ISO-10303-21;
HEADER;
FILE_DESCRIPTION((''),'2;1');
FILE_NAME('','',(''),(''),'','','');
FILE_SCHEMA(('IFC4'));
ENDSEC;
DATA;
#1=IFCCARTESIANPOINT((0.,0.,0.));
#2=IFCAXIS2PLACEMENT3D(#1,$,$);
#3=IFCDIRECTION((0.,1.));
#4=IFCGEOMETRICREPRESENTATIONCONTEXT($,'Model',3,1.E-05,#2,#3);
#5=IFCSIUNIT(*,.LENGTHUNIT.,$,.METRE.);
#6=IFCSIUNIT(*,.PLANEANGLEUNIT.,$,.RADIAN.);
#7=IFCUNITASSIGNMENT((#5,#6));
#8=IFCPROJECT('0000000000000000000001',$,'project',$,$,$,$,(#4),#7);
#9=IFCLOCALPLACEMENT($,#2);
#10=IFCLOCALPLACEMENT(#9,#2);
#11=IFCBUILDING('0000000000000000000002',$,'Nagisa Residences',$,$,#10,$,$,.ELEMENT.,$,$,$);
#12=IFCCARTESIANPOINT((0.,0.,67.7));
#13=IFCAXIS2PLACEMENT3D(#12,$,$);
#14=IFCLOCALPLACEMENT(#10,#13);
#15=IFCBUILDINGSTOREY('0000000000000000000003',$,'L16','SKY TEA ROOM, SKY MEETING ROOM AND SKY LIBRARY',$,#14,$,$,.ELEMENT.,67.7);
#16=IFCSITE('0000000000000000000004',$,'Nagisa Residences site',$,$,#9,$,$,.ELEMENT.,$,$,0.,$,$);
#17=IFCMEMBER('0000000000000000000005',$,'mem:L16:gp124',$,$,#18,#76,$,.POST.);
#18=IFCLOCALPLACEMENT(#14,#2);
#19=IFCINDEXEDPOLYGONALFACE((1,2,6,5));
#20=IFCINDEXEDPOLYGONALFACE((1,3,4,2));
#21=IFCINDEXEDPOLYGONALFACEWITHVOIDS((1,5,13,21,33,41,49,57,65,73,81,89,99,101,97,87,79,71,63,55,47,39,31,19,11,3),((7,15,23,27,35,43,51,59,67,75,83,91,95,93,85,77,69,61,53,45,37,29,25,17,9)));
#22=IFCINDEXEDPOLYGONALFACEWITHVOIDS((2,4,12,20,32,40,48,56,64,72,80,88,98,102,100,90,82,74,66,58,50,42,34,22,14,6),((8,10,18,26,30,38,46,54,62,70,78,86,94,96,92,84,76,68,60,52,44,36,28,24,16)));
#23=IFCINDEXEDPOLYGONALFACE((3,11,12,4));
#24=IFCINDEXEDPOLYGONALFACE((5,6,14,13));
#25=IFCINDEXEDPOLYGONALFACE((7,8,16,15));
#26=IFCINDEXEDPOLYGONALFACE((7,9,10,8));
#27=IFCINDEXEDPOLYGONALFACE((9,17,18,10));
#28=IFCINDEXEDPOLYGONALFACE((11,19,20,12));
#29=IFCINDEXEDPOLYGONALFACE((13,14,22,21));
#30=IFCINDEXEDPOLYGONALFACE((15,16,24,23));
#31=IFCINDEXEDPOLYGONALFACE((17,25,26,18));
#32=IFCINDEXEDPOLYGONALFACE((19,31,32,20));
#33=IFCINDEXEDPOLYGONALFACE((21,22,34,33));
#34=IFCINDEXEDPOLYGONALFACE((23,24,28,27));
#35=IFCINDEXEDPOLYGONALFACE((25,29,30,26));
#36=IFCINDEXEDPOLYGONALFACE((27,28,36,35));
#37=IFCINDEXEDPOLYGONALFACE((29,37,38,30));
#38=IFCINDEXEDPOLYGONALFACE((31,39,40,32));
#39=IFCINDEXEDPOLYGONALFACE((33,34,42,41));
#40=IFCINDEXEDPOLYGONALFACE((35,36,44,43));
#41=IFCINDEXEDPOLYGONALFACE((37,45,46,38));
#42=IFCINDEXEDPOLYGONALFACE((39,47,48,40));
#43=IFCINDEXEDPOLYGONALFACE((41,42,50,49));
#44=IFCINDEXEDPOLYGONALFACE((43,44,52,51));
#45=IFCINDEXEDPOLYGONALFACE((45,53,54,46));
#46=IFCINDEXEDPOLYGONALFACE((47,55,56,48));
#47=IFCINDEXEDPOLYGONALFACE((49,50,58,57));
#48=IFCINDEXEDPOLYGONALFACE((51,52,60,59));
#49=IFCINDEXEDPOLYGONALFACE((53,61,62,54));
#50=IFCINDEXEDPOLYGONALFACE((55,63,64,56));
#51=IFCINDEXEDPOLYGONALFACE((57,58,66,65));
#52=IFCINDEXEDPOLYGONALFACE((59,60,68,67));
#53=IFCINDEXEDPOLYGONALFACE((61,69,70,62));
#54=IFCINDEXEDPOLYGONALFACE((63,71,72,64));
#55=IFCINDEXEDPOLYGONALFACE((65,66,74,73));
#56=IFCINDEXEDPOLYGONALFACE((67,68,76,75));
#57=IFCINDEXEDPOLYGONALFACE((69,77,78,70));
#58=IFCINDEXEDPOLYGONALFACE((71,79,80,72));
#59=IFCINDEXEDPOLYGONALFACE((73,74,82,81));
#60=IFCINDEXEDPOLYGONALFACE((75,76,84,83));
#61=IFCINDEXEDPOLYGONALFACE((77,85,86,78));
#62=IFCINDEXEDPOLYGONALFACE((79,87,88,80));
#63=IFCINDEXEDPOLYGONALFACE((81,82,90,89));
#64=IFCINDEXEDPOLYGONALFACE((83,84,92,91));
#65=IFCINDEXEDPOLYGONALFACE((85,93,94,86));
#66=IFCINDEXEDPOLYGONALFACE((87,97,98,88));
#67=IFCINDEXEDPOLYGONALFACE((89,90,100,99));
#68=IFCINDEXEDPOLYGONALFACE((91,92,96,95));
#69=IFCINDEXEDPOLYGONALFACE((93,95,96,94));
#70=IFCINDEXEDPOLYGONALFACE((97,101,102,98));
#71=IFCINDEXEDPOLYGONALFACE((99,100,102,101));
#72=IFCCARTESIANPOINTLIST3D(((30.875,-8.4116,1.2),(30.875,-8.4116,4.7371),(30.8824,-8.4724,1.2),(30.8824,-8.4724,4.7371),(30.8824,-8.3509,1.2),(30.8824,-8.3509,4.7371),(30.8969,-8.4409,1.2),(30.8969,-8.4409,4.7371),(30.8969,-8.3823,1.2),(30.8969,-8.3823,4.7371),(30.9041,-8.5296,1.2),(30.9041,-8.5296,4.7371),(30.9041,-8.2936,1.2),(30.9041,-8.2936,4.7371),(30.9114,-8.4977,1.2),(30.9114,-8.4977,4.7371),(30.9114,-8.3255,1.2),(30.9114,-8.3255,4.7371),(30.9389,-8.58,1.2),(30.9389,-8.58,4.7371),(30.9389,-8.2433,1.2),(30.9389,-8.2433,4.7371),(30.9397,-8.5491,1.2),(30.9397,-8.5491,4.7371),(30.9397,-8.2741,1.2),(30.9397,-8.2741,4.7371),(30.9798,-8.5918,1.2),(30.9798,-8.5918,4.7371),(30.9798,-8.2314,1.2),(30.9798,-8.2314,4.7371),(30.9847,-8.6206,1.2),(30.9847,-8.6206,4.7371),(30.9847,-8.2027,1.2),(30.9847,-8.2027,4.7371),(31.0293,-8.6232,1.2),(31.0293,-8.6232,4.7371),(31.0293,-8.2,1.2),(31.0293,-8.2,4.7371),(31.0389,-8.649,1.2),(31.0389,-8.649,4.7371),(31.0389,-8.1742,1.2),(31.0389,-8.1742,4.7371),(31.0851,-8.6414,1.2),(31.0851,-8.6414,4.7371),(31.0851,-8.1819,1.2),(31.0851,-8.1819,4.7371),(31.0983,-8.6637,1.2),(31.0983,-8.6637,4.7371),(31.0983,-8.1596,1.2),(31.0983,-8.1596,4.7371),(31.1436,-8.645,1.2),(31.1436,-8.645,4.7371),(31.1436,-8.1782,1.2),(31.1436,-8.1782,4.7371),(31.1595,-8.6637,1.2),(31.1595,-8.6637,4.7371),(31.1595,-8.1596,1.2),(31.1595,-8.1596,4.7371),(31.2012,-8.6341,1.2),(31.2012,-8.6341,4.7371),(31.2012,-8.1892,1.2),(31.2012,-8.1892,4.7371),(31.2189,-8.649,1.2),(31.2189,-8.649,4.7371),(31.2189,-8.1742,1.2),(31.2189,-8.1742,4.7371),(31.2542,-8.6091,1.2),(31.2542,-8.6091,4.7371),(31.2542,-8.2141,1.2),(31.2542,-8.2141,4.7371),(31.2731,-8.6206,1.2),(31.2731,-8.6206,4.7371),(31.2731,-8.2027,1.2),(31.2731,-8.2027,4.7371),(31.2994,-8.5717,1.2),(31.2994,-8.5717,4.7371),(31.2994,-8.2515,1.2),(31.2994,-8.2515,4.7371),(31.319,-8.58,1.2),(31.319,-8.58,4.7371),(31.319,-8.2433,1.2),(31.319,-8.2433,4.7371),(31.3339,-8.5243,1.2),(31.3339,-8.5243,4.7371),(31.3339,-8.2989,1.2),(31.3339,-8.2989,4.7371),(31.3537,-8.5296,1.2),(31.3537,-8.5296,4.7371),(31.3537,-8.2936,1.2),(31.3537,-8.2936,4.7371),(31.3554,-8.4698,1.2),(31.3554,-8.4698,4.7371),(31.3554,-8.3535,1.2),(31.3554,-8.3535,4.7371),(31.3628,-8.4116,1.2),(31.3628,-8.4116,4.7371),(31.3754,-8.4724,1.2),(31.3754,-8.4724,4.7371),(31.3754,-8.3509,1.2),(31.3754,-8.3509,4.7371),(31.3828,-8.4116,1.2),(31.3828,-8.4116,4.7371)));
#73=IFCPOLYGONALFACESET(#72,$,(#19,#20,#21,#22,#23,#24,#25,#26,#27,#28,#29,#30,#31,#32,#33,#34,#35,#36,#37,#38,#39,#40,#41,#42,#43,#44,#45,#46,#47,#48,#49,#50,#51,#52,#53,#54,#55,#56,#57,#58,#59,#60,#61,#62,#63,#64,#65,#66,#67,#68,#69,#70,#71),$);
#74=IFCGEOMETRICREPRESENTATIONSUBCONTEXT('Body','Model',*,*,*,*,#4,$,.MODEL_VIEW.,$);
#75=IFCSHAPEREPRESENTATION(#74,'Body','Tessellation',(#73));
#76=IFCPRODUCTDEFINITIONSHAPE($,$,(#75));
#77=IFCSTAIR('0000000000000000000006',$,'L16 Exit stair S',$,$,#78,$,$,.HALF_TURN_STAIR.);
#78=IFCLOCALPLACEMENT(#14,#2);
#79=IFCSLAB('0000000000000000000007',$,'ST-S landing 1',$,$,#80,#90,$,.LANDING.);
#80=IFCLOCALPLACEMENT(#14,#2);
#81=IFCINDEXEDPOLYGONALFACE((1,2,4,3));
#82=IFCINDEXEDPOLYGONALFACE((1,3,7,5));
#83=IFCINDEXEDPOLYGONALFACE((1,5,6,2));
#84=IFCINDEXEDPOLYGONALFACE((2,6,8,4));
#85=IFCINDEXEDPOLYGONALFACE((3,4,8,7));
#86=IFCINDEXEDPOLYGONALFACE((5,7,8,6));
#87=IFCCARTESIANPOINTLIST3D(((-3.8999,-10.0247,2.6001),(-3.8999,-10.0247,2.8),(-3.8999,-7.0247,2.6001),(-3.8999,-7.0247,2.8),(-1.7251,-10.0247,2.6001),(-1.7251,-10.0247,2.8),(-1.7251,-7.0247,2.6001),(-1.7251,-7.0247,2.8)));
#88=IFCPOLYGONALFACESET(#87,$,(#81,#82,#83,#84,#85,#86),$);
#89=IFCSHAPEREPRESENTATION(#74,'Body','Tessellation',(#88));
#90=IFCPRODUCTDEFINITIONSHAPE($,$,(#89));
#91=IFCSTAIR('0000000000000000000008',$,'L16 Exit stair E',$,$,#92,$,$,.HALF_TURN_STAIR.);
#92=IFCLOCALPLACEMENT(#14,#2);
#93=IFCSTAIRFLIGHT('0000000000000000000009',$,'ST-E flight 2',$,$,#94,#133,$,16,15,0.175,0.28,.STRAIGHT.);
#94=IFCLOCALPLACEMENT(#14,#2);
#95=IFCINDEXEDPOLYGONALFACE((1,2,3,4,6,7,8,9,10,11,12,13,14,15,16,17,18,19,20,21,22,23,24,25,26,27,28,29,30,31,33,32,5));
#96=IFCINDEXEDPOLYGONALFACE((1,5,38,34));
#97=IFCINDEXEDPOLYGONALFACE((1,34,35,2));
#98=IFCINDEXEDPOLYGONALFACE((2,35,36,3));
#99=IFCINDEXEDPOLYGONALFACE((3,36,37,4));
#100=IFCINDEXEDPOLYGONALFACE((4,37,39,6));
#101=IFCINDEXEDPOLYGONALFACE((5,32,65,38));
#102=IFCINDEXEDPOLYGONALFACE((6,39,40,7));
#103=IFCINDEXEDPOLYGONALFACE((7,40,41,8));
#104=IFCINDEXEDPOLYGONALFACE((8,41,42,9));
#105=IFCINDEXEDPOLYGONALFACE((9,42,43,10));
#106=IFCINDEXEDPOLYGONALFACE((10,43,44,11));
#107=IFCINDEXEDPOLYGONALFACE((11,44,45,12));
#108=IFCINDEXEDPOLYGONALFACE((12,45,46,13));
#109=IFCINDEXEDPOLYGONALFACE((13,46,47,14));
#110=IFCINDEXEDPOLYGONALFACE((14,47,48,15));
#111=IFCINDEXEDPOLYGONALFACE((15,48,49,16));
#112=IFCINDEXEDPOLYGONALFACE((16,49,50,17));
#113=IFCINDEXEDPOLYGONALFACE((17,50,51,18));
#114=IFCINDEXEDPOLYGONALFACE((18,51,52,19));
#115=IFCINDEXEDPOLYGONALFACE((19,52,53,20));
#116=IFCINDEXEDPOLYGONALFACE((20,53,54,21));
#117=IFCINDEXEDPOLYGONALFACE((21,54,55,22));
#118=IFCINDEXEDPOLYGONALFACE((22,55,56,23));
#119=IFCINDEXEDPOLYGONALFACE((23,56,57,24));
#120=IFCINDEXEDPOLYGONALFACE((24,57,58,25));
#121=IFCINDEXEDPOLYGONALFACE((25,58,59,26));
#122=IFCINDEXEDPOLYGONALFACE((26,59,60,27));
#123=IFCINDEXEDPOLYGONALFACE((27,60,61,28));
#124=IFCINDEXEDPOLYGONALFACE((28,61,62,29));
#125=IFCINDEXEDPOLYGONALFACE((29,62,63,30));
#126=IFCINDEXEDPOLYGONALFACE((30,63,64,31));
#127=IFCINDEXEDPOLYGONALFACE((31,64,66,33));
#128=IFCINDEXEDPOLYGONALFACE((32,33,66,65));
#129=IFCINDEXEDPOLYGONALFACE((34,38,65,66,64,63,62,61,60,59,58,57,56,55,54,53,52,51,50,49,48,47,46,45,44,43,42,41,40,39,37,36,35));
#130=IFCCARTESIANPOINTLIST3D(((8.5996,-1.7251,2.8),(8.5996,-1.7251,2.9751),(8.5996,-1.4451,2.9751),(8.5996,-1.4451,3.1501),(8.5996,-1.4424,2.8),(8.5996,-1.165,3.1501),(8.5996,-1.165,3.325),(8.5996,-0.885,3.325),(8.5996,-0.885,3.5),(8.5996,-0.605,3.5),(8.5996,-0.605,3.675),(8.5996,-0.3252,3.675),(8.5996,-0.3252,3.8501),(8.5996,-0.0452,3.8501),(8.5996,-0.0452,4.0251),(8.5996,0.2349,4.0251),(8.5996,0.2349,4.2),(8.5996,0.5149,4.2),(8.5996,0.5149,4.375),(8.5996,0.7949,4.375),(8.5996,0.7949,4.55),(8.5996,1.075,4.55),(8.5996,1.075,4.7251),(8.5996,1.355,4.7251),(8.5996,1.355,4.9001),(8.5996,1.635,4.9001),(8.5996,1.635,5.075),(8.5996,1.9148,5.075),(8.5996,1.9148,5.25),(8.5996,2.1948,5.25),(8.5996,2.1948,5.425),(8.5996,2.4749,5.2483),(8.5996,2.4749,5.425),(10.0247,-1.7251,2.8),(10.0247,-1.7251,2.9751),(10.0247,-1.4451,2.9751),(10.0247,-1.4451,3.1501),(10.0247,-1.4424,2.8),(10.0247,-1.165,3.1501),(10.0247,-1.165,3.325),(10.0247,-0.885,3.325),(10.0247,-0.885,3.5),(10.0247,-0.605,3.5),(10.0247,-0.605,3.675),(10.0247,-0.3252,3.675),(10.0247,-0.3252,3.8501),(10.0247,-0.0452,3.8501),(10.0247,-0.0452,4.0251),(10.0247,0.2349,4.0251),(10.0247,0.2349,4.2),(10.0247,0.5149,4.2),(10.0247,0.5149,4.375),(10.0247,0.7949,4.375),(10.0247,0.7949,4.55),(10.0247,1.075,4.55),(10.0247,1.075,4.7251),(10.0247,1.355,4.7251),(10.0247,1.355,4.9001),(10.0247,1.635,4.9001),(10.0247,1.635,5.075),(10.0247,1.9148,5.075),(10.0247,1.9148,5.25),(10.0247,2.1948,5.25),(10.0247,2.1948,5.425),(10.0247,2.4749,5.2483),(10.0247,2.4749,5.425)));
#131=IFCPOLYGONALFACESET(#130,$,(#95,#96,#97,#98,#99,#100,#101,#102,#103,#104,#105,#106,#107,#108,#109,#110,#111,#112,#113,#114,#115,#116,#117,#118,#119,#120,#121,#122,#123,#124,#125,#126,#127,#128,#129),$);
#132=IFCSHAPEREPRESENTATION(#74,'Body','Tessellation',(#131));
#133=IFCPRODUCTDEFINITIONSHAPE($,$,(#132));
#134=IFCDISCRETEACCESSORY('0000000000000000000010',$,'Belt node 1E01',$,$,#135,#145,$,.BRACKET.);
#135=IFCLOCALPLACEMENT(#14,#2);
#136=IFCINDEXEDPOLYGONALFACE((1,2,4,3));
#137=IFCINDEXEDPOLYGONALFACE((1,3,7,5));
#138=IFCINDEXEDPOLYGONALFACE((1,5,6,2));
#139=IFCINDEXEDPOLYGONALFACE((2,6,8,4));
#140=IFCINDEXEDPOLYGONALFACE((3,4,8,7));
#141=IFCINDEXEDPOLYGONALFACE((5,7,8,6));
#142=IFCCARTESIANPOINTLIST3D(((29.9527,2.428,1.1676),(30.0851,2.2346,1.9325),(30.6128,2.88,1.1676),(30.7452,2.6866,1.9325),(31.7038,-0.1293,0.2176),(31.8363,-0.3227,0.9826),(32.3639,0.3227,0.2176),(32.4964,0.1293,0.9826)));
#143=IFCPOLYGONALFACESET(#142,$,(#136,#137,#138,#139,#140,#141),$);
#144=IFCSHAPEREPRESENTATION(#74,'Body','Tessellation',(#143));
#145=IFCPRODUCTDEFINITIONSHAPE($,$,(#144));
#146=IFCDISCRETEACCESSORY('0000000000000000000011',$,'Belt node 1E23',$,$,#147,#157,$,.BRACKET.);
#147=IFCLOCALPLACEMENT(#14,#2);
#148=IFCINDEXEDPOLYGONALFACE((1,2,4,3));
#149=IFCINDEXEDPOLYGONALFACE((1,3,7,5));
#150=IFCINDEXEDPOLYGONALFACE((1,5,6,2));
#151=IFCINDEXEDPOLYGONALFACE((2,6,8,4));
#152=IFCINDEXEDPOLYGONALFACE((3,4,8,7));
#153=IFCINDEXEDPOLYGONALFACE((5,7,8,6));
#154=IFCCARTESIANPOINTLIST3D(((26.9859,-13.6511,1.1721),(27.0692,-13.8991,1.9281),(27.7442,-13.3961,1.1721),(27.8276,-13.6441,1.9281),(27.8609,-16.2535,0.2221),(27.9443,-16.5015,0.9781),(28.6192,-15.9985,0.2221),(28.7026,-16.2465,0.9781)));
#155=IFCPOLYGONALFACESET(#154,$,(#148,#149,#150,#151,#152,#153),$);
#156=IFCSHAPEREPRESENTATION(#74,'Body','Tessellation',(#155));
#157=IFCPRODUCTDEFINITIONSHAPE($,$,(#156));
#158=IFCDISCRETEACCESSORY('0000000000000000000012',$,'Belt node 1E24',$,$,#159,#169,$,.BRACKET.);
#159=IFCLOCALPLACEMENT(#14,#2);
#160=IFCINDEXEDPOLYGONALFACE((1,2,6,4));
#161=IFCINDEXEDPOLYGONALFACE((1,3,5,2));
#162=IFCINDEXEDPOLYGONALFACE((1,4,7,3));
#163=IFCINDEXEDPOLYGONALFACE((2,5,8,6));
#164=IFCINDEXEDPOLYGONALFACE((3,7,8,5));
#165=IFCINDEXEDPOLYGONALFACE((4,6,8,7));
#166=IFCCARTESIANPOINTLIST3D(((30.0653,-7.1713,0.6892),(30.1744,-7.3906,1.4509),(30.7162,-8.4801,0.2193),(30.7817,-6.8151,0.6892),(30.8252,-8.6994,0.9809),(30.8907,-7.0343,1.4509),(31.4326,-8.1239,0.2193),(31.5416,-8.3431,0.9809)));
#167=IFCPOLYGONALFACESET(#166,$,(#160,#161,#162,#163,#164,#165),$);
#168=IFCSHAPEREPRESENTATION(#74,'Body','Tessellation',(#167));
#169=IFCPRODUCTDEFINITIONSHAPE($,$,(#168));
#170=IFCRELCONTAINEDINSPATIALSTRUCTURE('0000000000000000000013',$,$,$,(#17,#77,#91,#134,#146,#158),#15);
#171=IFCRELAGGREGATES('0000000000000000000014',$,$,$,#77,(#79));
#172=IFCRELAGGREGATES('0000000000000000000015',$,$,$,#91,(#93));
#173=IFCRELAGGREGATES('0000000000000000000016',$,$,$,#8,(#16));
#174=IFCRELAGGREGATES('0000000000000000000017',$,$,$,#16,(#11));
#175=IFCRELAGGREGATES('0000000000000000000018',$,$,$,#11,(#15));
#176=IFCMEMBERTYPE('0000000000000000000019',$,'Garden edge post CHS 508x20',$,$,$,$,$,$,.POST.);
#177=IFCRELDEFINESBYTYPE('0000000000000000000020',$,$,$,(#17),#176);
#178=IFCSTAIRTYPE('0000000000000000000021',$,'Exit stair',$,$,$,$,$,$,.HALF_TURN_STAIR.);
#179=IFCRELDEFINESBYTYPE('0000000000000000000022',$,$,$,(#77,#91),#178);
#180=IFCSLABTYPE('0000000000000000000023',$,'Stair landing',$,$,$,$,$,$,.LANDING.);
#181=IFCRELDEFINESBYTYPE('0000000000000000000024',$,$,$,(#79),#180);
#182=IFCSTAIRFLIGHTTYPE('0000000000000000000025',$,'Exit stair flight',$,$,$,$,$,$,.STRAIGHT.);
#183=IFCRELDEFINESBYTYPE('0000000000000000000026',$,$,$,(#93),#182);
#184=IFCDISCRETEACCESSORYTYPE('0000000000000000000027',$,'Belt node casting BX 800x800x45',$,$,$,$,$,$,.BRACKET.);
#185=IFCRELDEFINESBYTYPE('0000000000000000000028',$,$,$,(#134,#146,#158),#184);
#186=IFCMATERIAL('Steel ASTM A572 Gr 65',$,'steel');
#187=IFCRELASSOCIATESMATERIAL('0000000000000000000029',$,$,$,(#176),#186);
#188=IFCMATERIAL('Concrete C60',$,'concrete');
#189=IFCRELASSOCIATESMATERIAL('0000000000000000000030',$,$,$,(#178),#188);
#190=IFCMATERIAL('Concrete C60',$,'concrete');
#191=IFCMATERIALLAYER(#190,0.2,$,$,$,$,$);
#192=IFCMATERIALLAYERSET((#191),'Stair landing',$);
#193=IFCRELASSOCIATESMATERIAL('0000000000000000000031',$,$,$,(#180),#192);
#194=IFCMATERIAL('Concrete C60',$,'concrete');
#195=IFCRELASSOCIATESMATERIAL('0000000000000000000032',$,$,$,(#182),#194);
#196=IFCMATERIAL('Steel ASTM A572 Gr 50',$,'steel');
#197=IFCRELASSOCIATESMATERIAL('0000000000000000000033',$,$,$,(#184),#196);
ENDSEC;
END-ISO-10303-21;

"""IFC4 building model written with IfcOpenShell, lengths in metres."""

from ifc_helpers import new_model, si_unit, direction, frame, origin, origin_2d, place, context, subcontext, project, spatial, polyline, rectangle, hollow_circle, outline, extrude, material, layer, layer_set, material_profile, profile_set, type_object, element, aggregate, save


model = new_model("IFC4")

# Units and contexts
model_context = context("Model", 3, precision=1e-05, world=origin(), true_north=direction((0.0, 1.0)))
body_context = subcontext(model_context, "Body", "Model", "MODEL_VIEW")
ifc_project = project(units=[si_unit("LENGTHUNIT", "METRE"), si_unit("PLANEANGLEUNIT", "RADIAN")], contexts=[model_context])

# Site, building, storey
site_placement = place(None, origin())
site = spatial("IfcSite", under=ifc_project, at=site_placement, Name="Nagisa Residences site", CompositionType="ELEMENT", RefElevation=0.0)
building_placement = place(site_placement, origin())
building = spatial("IfcBuilding", under=site, at=building_placement, Name="Nagisa Residences", CompositionType="ELEMENT")
storey_placement = place(building_placement, frame((0.0, 0.0, 67.7)))
storey = spatial("IfcBuildingStorey", under=building, at=storey_placement, Name="L16", Description="SKY TEA ROOM, SKY MEETING ROOM AND SKY LIBRARY", CompositionType="ELEMENT", Elevation=67.7)

# Member
ifc_material_1 = material(Name="Steel ASTM A572 Gr 65", Category="steel")
ifc_material_profile_1 = material_profile(ifc_material_1, hollow_circle(Radius=0.2539, WallThickness=0.02, at=origin_2d()), Name="CHS 508x20")
ifc_profile_set_1 = profile_set([ifc_material_profile_1], Name="Steel ASTM A572 Gr 65")
member_type_1 = type_object("IfcMemberType", Name="Garden edge post CHS 508x20", PredefinedType="POST", material=ifc_profile_set_1)
for number, where, z_axis, x_axis, name in (
    (1, (31.1289, -8.4116, 1.2), (0.0, 0.0, 1.0), (1.0, 0.0, 0.0), "mem:L16:gp124"),
):
    element("IfcMember", number, at=place(storey_placement, frame(where, z_axis=z_axis, x_axis=x_axis)), inside=storey, type_object=member_type_1, Name=name, PredefinedType="POST", context=body_context, shape_type="SweptSolid", body=[
        extrude(hollow_circle(Radius=0.2539, WallThickness=0.02, at=origin_2d()), origin(), (0.0, 0.0, 1.0), 3.5371),
    ])

# Stair, slab
ifc_material_2 = material(Name="Concrete C60", Category="concrete")
stair_type = type_object("IfcStairType", Name="Exit stair", PredefinedType="HALF_TURN_STAIR", material=ifc_material_2)
stair_1_placement = place(storey_placement, origin())
stair_1 = element("IfcStair", 2, at=stair_1_placement, inside=storey, type_object=stair_type, Name="L16 Exit stair S", PredefinedType="HALF_TURN_STAIR")
ifc_material_3 = material(Name="Concrete C60", Category="concrete")
ifc_layer_1 = layer(ifc_material_3, 0.2)
ifc_layer_set_1 = layer_set([ifc_layer_1], Name="Stair landing")
slab_type = type_object("IfcSlabType", Name="Stair landing", PredefinedType="LANDING", material=ifc_layer_set_1)
slab_placement = place(storey_placement, frame((0.0, 0.0, 2.6001)))
slab = element("IfcSlab", 3, at=slab_placement, type_object=slab_type, Name="ST-S landing 1", PredefinedType="LANDING", context=body_context, shape_type="SweptSolid", body=[
    extrude(outline(polyline([(-1.7251, -7.0247), (-3.8999, -7.0247), (-3.8999, -10.0247), (-1.7251, -10.0247), (-1.7251, -7.0247)])), origin(), (0.0, 0.0, 1.0), 0.2),
])
aggregate(stair_1, [slab])

# Stair, stair flight
stair_2_placement = place(storey_placement, origin())
stair_2 = element("IfcStair", 4, at=stair_2_placement, inside=storey, type_object=stair_type, Name="L16 Exit stair E", PredefinedType="HALF_TURN_STAIR")
ifc_material_4 = material(Name="Concrete C60", Category="concrete")
stair_flight_type = type_object("IfcStairFlightType", Name="Exit stair flight", PredefinedType="STRAIGHT", material=ifc_material_4)
stair_flight_placement = place(storey_placement, frame((9.312, -1.7251, 2.8), z_axis=(0.0, 0.0, 1.0), x_axis=(0.0, 1.0, 0.0)))
stair_flight = element("IfcStairFlight", 5, at=stair_flight_placement, type_object=stair_flight_type, Name="ST-E flight 2", NumberOfRisers=16, NumberOfTreads=15, PredefinedType="STRAIGHT", RiserHeight=0.175, TreadLength=0.28, context=body_context, shape_type="SweptSolid", body=[
    extrude(outline(polyline([(0.0, 0.0), (0.0, 0.175), (0.28, 0.175), (0.28, 0.3501), (0.5601, 0.3501), (0.5601, 0.5249), (0.8401, 0.5249), (0.8401, 0.7), (1.1201, 0.7), (1.1201, 0.875), (1.3999, 0.875), (1.3999, 1.05), (1.6799, 1.05), (1.6799, 1.2251), (1.96, 1.2251), (1.96, 1.3999), (2.24, 1.3999), (2.24, 1.575), (2.52, 1.575), (2.52, 1.75), (2.8, 1.75), (2.8, 1.925), (3.0801, 1.925), (3.0801, 2.1001), (3.3601, 2.1001), (3.3601, 2.2749), (3.6399, 2.2749), (3.6399, 2.45), (3.9199, 2.45), (3.9199, 2.625), (4.2, 2.625), (4.2, 2.8), (4.2, 2.4482), (0.2827, 0.0), (0.0, 0.0)])), frame((0.0, 0.7124, 0.0), z_axis=(0.0, -1.0, 0.0), x_axis=(1.0, 0.0, 0.0)), (0.0, 0.0, 1.0), 1.425),
])
aggregate(stair_2, [stair_flight])

# Discrete accessories
ifc_material_5 = material(Name="Steel ASTM A572 Gr 50", Category="steel")
discrete_accessory_type_1 = type_object("IfcDiscreteAccessoryType", Name="Belt node casting BX 800x800x45", PredefinedType="BRACKET", material=ifc_material_5)
discrete_accessory_1_placement = place(storey_placement, frame((32.1001, 0.0, 0.6001), z_axis=(-0.540198, 0.788872, 0.293031), x_axis=(-0.825091, -0.565, 0.0)))
element("IfcDiscreteAccessory", 6, at=discrete_accessory_1_placement, inside=storey, type_object=discrete_accessory_type_1, Name="Belt node 1E01", PredefinedType="BRACKET", context=body_context, shape_type="SweptSolid", body=[
    extrude(rectangle(XDim=0.8, YDim=0.8, at=origin_2d()), origin(), (0.0, 0.0, 1.0), 3.2417),
])
discrete_accessory_2_placement = place(storey_placement, frame((28.2817, -16.25, 0.6001), z_axis=(-0.301188, 0.895748, 0.326987), x_axis=(-0.947853, -0.318708, 0.0)))
element("IfcDiscreteAccessory", 7, at=discrete_accessory_2_placement, inside=storey, type_object=discrete_accessory_type_1, Name="Belt node 1E23", PredefinedType="BRACKET", context=body_context, shape_type="SweptSolid", body=[
    extrude(rectangle(XDim=0.8, YDim=0.8, at=origin_2d()), origin(), (0.0, 0.0, 1.0), 2.9053),
])
discrete_accessory_3_placement = place(storey_placement, frame((31.1289, -8.4116, 0.6001), z_axis=(-0.423904, 0.852419, 0.306082), x_axis=(-0.895394, -0.445275, 0.0)))
element("IfcDiscreteAccessory", 8, at=discrete_accessory_3_placement, inside=storey, type_object=discrete_accessory_type_1, Name="Belt node 1E24", PredefinedType="BRACKET", context=body_context, shape_type="SweptSolid", body=[
    extrude(rectangle(XDim=0.8, YDim=0.8, at=origin_2d()), origin(), (0.0, 0.0, 1.0), 1.5354),
])

save(model, "model.ifc")
